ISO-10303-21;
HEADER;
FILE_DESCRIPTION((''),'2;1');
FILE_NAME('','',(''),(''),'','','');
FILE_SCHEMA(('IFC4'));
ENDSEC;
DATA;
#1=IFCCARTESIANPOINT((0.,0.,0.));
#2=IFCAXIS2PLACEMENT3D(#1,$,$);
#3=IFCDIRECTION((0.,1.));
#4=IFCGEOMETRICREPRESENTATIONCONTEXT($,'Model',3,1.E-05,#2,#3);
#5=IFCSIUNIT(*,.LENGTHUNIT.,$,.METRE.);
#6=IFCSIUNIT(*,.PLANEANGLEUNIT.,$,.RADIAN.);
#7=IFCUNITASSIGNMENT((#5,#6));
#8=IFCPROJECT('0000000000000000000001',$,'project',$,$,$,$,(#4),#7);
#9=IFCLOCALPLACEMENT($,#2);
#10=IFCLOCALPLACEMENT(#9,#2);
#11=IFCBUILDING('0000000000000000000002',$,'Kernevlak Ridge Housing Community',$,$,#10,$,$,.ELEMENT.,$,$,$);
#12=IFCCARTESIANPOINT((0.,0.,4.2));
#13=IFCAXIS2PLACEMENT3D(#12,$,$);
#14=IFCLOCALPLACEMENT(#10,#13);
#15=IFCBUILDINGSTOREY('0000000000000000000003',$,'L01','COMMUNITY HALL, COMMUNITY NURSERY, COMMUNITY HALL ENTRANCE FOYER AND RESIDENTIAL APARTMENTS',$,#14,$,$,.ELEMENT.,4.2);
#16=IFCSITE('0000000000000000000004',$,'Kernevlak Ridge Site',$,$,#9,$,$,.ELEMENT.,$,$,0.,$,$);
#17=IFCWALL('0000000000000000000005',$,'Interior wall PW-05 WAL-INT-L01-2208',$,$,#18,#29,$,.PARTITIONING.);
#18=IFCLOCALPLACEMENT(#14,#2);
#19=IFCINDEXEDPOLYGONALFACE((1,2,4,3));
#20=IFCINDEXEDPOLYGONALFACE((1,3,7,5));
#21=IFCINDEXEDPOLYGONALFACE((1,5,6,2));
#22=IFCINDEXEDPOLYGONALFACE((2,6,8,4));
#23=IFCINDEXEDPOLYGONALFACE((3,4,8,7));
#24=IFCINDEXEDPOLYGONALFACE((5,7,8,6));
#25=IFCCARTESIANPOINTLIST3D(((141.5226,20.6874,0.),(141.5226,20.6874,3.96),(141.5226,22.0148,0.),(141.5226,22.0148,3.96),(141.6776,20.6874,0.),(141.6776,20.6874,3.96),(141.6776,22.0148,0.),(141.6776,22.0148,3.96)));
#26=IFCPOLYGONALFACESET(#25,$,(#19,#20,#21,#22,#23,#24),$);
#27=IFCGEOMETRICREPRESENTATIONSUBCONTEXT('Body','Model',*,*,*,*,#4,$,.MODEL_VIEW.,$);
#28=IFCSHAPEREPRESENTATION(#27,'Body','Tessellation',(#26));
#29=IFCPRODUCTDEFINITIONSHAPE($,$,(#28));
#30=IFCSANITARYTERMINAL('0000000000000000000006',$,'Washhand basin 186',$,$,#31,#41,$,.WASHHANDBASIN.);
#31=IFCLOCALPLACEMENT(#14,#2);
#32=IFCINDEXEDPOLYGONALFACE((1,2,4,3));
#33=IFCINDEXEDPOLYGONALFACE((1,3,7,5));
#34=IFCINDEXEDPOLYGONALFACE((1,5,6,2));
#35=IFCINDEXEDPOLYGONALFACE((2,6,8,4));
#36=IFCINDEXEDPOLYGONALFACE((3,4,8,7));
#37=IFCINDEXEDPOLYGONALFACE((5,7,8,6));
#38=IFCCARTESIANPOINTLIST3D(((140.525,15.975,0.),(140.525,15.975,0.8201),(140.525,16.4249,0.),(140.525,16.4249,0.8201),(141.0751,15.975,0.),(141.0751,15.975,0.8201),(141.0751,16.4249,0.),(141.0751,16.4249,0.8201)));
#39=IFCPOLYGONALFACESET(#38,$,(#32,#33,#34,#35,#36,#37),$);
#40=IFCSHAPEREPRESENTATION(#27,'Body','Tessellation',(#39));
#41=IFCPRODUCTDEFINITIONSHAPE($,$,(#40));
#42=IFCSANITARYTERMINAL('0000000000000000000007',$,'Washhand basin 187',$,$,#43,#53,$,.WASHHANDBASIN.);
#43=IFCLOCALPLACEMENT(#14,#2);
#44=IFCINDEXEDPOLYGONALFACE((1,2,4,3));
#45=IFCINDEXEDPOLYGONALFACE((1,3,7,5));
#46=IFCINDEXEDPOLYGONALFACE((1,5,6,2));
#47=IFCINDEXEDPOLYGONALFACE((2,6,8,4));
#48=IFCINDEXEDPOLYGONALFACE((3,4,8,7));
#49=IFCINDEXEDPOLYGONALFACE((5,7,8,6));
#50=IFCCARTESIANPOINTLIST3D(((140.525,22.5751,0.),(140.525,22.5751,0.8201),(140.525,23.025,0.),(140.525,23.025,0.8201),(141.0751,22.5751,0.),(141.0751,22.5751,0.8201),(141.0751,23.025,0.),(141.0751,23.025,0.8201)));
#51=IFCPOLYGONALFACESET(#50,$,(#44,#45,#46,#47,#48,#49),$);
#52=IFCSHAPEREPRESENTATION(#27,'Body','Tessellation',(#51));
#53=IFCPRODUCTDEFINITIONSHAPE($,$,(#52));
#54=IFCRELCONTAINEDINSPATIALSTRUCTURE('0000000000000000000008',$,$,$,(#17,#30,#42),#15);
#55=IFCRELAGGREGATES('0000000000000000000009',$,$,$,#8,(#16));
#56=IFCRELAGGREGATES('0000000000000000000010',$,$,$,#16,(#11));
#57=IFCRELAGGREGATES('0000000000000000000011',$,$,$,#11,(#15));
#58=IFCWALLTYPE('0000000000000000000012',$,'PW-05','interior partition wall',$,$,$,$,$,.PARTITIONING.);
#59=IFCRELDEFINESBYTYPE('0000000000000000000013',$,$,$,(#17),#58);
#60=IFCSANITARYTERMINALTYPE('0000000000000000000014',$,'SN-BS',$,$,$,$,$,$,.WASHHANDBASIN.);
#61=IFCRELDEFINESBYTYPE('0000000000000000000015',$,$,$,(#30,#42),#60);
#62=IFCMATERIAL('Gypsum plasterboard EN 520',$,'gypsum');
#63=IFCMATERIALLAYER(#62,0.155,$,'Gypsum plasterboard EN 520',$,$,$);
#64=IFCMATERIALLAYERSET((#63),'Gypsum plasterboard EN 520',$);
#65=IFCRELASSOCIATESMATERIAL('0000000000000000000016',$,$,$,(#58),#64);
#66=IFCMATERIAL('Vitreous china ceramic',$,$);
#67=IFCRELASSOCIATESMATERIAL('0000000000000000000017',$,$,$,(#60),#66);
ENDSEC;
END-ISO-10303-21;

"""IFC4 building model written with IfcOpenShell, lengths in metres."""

from ifc_helpers import new_model, si_unit, direction, frame, frame_2d, origin, origin_2d, place, context, subcontext, project, spatial, rectangle, extrude, material, layer, layer_set, type_object, element, save


model = new_model("IFC4")

# Units and contexts
model_context = context("Model", 3, precision=1e-05, world=origin(), true_north=direction((0.0, 1.0)))
body_context = subcontext(model_context, "Body", "Model", "MODEL_VIEW")
ifc_project = project(units=[si_unit("LENGTHUNIT", "METRE"), si_unit("PLANEANGLEUNIT", "RADIAN")], contexts=[model_context])

# Site, building, storey
site_placement = place(None, origin())
site = spatial("IfcSite", under=ifc_project, at=site_placement, Name="Kernevlak Ridge Site", CompositionType="ELEMENT", RefElevation=0.0)
building_placement = place(site_placement, origin())
building = spatial("IfcBuilding", under=site, at=building_placement, Name="Kernevlak Ridge Housing Community", CompositionType="ELEMENT")
storey_placement = place(building_placement, frame((0.0, 0.0, 4.2)))
storey = spatial("IfcBuildingStorey", under=building, at=storey_placement, Name="L01", Description="COMMUNITY HALL, COMMUNITY NURSERY, COMMUNITY HALL ENTRANCE FOYER AND RESIDENTIAL APARTMENTS", CompositionType="ELEMENT", Elevation=4.2)

# Wall
ifc_material_1 = material(Name="Gypsum plasterboard EN 520", Category="gypsum")
ifc_layer_1 = layer(ifc_material_1, 0.155, Name="Gypsum plasterboard EN 520")
ifc_layer_set_1 = layer_set([ifc_layer_1], Name="Gypsum plasterboard EN 520")
wall_type_1 = type_object("IfcWallType", Name="PW-05", Description="interior partition wall", PredefinedType="PARTITIONING", material=ifc_layer_set_1)
wall_1_placement = place(storey_placement, frame((141.6001, 20.6875, 0.0), z_axis=(0.0, 0.0, 1.0), x_axis=(0.0, 1.0, 0.0)))
element("IfcWall", 1, at=wall_1_placement, inside=storey, type_object=wall_type_1, Name="Interior wall PW-05 WAL-INT-L01-2208", PredefinedType="PARTITIONING", context=body_context, shape_type="SweptSolid", body=[
    extrude(rectangle(XDim=1.3274, YDim=0.155, at=frame_2d((0.6636, 0.0))), origin(), (0.0, 0.0, 1.0), 3.96),
])

# Sanitary terminals
ifc_material_2 = material(Name="Vitreous china ceramic")
sanitary_terminal_type = type_object("IfcSanitaryTerminalType", Name="SN-BS", PredefinedType="WASHHANDBASIN", material=ifc_material_2)
for number, where, z_axis, x_axis, name in (
    (2, (140.8, 16.2, 0.0), (0.0, 0.0, 1.0), (1.0, 0.0, 0.0), "Washhand basin 186"),
    (3, (140.8, 22.8, 0.0), (0.0, 0.0, 1.0), (1.0, 0.0, 0.0), "Washhand basin 187"),
):
    element("IfcSanitaryTerminal", number, at=place(storey_placement, frame(where, z_axis=z_axis, x_axis=x_axis)), inside=storey, type_object=sanitary_terminal_type, Name=name, PredefinedType="WASHHANDBASIN", context=body_context, shape_type="SweptSolid", body=[
        extrude(rectangle(XDim=0.55, YDim=0.45, at=origin_2d()), origin(), (0.0, 0.0, 1.0), 0.8201),
    ])

save(model, "model.ifc")
